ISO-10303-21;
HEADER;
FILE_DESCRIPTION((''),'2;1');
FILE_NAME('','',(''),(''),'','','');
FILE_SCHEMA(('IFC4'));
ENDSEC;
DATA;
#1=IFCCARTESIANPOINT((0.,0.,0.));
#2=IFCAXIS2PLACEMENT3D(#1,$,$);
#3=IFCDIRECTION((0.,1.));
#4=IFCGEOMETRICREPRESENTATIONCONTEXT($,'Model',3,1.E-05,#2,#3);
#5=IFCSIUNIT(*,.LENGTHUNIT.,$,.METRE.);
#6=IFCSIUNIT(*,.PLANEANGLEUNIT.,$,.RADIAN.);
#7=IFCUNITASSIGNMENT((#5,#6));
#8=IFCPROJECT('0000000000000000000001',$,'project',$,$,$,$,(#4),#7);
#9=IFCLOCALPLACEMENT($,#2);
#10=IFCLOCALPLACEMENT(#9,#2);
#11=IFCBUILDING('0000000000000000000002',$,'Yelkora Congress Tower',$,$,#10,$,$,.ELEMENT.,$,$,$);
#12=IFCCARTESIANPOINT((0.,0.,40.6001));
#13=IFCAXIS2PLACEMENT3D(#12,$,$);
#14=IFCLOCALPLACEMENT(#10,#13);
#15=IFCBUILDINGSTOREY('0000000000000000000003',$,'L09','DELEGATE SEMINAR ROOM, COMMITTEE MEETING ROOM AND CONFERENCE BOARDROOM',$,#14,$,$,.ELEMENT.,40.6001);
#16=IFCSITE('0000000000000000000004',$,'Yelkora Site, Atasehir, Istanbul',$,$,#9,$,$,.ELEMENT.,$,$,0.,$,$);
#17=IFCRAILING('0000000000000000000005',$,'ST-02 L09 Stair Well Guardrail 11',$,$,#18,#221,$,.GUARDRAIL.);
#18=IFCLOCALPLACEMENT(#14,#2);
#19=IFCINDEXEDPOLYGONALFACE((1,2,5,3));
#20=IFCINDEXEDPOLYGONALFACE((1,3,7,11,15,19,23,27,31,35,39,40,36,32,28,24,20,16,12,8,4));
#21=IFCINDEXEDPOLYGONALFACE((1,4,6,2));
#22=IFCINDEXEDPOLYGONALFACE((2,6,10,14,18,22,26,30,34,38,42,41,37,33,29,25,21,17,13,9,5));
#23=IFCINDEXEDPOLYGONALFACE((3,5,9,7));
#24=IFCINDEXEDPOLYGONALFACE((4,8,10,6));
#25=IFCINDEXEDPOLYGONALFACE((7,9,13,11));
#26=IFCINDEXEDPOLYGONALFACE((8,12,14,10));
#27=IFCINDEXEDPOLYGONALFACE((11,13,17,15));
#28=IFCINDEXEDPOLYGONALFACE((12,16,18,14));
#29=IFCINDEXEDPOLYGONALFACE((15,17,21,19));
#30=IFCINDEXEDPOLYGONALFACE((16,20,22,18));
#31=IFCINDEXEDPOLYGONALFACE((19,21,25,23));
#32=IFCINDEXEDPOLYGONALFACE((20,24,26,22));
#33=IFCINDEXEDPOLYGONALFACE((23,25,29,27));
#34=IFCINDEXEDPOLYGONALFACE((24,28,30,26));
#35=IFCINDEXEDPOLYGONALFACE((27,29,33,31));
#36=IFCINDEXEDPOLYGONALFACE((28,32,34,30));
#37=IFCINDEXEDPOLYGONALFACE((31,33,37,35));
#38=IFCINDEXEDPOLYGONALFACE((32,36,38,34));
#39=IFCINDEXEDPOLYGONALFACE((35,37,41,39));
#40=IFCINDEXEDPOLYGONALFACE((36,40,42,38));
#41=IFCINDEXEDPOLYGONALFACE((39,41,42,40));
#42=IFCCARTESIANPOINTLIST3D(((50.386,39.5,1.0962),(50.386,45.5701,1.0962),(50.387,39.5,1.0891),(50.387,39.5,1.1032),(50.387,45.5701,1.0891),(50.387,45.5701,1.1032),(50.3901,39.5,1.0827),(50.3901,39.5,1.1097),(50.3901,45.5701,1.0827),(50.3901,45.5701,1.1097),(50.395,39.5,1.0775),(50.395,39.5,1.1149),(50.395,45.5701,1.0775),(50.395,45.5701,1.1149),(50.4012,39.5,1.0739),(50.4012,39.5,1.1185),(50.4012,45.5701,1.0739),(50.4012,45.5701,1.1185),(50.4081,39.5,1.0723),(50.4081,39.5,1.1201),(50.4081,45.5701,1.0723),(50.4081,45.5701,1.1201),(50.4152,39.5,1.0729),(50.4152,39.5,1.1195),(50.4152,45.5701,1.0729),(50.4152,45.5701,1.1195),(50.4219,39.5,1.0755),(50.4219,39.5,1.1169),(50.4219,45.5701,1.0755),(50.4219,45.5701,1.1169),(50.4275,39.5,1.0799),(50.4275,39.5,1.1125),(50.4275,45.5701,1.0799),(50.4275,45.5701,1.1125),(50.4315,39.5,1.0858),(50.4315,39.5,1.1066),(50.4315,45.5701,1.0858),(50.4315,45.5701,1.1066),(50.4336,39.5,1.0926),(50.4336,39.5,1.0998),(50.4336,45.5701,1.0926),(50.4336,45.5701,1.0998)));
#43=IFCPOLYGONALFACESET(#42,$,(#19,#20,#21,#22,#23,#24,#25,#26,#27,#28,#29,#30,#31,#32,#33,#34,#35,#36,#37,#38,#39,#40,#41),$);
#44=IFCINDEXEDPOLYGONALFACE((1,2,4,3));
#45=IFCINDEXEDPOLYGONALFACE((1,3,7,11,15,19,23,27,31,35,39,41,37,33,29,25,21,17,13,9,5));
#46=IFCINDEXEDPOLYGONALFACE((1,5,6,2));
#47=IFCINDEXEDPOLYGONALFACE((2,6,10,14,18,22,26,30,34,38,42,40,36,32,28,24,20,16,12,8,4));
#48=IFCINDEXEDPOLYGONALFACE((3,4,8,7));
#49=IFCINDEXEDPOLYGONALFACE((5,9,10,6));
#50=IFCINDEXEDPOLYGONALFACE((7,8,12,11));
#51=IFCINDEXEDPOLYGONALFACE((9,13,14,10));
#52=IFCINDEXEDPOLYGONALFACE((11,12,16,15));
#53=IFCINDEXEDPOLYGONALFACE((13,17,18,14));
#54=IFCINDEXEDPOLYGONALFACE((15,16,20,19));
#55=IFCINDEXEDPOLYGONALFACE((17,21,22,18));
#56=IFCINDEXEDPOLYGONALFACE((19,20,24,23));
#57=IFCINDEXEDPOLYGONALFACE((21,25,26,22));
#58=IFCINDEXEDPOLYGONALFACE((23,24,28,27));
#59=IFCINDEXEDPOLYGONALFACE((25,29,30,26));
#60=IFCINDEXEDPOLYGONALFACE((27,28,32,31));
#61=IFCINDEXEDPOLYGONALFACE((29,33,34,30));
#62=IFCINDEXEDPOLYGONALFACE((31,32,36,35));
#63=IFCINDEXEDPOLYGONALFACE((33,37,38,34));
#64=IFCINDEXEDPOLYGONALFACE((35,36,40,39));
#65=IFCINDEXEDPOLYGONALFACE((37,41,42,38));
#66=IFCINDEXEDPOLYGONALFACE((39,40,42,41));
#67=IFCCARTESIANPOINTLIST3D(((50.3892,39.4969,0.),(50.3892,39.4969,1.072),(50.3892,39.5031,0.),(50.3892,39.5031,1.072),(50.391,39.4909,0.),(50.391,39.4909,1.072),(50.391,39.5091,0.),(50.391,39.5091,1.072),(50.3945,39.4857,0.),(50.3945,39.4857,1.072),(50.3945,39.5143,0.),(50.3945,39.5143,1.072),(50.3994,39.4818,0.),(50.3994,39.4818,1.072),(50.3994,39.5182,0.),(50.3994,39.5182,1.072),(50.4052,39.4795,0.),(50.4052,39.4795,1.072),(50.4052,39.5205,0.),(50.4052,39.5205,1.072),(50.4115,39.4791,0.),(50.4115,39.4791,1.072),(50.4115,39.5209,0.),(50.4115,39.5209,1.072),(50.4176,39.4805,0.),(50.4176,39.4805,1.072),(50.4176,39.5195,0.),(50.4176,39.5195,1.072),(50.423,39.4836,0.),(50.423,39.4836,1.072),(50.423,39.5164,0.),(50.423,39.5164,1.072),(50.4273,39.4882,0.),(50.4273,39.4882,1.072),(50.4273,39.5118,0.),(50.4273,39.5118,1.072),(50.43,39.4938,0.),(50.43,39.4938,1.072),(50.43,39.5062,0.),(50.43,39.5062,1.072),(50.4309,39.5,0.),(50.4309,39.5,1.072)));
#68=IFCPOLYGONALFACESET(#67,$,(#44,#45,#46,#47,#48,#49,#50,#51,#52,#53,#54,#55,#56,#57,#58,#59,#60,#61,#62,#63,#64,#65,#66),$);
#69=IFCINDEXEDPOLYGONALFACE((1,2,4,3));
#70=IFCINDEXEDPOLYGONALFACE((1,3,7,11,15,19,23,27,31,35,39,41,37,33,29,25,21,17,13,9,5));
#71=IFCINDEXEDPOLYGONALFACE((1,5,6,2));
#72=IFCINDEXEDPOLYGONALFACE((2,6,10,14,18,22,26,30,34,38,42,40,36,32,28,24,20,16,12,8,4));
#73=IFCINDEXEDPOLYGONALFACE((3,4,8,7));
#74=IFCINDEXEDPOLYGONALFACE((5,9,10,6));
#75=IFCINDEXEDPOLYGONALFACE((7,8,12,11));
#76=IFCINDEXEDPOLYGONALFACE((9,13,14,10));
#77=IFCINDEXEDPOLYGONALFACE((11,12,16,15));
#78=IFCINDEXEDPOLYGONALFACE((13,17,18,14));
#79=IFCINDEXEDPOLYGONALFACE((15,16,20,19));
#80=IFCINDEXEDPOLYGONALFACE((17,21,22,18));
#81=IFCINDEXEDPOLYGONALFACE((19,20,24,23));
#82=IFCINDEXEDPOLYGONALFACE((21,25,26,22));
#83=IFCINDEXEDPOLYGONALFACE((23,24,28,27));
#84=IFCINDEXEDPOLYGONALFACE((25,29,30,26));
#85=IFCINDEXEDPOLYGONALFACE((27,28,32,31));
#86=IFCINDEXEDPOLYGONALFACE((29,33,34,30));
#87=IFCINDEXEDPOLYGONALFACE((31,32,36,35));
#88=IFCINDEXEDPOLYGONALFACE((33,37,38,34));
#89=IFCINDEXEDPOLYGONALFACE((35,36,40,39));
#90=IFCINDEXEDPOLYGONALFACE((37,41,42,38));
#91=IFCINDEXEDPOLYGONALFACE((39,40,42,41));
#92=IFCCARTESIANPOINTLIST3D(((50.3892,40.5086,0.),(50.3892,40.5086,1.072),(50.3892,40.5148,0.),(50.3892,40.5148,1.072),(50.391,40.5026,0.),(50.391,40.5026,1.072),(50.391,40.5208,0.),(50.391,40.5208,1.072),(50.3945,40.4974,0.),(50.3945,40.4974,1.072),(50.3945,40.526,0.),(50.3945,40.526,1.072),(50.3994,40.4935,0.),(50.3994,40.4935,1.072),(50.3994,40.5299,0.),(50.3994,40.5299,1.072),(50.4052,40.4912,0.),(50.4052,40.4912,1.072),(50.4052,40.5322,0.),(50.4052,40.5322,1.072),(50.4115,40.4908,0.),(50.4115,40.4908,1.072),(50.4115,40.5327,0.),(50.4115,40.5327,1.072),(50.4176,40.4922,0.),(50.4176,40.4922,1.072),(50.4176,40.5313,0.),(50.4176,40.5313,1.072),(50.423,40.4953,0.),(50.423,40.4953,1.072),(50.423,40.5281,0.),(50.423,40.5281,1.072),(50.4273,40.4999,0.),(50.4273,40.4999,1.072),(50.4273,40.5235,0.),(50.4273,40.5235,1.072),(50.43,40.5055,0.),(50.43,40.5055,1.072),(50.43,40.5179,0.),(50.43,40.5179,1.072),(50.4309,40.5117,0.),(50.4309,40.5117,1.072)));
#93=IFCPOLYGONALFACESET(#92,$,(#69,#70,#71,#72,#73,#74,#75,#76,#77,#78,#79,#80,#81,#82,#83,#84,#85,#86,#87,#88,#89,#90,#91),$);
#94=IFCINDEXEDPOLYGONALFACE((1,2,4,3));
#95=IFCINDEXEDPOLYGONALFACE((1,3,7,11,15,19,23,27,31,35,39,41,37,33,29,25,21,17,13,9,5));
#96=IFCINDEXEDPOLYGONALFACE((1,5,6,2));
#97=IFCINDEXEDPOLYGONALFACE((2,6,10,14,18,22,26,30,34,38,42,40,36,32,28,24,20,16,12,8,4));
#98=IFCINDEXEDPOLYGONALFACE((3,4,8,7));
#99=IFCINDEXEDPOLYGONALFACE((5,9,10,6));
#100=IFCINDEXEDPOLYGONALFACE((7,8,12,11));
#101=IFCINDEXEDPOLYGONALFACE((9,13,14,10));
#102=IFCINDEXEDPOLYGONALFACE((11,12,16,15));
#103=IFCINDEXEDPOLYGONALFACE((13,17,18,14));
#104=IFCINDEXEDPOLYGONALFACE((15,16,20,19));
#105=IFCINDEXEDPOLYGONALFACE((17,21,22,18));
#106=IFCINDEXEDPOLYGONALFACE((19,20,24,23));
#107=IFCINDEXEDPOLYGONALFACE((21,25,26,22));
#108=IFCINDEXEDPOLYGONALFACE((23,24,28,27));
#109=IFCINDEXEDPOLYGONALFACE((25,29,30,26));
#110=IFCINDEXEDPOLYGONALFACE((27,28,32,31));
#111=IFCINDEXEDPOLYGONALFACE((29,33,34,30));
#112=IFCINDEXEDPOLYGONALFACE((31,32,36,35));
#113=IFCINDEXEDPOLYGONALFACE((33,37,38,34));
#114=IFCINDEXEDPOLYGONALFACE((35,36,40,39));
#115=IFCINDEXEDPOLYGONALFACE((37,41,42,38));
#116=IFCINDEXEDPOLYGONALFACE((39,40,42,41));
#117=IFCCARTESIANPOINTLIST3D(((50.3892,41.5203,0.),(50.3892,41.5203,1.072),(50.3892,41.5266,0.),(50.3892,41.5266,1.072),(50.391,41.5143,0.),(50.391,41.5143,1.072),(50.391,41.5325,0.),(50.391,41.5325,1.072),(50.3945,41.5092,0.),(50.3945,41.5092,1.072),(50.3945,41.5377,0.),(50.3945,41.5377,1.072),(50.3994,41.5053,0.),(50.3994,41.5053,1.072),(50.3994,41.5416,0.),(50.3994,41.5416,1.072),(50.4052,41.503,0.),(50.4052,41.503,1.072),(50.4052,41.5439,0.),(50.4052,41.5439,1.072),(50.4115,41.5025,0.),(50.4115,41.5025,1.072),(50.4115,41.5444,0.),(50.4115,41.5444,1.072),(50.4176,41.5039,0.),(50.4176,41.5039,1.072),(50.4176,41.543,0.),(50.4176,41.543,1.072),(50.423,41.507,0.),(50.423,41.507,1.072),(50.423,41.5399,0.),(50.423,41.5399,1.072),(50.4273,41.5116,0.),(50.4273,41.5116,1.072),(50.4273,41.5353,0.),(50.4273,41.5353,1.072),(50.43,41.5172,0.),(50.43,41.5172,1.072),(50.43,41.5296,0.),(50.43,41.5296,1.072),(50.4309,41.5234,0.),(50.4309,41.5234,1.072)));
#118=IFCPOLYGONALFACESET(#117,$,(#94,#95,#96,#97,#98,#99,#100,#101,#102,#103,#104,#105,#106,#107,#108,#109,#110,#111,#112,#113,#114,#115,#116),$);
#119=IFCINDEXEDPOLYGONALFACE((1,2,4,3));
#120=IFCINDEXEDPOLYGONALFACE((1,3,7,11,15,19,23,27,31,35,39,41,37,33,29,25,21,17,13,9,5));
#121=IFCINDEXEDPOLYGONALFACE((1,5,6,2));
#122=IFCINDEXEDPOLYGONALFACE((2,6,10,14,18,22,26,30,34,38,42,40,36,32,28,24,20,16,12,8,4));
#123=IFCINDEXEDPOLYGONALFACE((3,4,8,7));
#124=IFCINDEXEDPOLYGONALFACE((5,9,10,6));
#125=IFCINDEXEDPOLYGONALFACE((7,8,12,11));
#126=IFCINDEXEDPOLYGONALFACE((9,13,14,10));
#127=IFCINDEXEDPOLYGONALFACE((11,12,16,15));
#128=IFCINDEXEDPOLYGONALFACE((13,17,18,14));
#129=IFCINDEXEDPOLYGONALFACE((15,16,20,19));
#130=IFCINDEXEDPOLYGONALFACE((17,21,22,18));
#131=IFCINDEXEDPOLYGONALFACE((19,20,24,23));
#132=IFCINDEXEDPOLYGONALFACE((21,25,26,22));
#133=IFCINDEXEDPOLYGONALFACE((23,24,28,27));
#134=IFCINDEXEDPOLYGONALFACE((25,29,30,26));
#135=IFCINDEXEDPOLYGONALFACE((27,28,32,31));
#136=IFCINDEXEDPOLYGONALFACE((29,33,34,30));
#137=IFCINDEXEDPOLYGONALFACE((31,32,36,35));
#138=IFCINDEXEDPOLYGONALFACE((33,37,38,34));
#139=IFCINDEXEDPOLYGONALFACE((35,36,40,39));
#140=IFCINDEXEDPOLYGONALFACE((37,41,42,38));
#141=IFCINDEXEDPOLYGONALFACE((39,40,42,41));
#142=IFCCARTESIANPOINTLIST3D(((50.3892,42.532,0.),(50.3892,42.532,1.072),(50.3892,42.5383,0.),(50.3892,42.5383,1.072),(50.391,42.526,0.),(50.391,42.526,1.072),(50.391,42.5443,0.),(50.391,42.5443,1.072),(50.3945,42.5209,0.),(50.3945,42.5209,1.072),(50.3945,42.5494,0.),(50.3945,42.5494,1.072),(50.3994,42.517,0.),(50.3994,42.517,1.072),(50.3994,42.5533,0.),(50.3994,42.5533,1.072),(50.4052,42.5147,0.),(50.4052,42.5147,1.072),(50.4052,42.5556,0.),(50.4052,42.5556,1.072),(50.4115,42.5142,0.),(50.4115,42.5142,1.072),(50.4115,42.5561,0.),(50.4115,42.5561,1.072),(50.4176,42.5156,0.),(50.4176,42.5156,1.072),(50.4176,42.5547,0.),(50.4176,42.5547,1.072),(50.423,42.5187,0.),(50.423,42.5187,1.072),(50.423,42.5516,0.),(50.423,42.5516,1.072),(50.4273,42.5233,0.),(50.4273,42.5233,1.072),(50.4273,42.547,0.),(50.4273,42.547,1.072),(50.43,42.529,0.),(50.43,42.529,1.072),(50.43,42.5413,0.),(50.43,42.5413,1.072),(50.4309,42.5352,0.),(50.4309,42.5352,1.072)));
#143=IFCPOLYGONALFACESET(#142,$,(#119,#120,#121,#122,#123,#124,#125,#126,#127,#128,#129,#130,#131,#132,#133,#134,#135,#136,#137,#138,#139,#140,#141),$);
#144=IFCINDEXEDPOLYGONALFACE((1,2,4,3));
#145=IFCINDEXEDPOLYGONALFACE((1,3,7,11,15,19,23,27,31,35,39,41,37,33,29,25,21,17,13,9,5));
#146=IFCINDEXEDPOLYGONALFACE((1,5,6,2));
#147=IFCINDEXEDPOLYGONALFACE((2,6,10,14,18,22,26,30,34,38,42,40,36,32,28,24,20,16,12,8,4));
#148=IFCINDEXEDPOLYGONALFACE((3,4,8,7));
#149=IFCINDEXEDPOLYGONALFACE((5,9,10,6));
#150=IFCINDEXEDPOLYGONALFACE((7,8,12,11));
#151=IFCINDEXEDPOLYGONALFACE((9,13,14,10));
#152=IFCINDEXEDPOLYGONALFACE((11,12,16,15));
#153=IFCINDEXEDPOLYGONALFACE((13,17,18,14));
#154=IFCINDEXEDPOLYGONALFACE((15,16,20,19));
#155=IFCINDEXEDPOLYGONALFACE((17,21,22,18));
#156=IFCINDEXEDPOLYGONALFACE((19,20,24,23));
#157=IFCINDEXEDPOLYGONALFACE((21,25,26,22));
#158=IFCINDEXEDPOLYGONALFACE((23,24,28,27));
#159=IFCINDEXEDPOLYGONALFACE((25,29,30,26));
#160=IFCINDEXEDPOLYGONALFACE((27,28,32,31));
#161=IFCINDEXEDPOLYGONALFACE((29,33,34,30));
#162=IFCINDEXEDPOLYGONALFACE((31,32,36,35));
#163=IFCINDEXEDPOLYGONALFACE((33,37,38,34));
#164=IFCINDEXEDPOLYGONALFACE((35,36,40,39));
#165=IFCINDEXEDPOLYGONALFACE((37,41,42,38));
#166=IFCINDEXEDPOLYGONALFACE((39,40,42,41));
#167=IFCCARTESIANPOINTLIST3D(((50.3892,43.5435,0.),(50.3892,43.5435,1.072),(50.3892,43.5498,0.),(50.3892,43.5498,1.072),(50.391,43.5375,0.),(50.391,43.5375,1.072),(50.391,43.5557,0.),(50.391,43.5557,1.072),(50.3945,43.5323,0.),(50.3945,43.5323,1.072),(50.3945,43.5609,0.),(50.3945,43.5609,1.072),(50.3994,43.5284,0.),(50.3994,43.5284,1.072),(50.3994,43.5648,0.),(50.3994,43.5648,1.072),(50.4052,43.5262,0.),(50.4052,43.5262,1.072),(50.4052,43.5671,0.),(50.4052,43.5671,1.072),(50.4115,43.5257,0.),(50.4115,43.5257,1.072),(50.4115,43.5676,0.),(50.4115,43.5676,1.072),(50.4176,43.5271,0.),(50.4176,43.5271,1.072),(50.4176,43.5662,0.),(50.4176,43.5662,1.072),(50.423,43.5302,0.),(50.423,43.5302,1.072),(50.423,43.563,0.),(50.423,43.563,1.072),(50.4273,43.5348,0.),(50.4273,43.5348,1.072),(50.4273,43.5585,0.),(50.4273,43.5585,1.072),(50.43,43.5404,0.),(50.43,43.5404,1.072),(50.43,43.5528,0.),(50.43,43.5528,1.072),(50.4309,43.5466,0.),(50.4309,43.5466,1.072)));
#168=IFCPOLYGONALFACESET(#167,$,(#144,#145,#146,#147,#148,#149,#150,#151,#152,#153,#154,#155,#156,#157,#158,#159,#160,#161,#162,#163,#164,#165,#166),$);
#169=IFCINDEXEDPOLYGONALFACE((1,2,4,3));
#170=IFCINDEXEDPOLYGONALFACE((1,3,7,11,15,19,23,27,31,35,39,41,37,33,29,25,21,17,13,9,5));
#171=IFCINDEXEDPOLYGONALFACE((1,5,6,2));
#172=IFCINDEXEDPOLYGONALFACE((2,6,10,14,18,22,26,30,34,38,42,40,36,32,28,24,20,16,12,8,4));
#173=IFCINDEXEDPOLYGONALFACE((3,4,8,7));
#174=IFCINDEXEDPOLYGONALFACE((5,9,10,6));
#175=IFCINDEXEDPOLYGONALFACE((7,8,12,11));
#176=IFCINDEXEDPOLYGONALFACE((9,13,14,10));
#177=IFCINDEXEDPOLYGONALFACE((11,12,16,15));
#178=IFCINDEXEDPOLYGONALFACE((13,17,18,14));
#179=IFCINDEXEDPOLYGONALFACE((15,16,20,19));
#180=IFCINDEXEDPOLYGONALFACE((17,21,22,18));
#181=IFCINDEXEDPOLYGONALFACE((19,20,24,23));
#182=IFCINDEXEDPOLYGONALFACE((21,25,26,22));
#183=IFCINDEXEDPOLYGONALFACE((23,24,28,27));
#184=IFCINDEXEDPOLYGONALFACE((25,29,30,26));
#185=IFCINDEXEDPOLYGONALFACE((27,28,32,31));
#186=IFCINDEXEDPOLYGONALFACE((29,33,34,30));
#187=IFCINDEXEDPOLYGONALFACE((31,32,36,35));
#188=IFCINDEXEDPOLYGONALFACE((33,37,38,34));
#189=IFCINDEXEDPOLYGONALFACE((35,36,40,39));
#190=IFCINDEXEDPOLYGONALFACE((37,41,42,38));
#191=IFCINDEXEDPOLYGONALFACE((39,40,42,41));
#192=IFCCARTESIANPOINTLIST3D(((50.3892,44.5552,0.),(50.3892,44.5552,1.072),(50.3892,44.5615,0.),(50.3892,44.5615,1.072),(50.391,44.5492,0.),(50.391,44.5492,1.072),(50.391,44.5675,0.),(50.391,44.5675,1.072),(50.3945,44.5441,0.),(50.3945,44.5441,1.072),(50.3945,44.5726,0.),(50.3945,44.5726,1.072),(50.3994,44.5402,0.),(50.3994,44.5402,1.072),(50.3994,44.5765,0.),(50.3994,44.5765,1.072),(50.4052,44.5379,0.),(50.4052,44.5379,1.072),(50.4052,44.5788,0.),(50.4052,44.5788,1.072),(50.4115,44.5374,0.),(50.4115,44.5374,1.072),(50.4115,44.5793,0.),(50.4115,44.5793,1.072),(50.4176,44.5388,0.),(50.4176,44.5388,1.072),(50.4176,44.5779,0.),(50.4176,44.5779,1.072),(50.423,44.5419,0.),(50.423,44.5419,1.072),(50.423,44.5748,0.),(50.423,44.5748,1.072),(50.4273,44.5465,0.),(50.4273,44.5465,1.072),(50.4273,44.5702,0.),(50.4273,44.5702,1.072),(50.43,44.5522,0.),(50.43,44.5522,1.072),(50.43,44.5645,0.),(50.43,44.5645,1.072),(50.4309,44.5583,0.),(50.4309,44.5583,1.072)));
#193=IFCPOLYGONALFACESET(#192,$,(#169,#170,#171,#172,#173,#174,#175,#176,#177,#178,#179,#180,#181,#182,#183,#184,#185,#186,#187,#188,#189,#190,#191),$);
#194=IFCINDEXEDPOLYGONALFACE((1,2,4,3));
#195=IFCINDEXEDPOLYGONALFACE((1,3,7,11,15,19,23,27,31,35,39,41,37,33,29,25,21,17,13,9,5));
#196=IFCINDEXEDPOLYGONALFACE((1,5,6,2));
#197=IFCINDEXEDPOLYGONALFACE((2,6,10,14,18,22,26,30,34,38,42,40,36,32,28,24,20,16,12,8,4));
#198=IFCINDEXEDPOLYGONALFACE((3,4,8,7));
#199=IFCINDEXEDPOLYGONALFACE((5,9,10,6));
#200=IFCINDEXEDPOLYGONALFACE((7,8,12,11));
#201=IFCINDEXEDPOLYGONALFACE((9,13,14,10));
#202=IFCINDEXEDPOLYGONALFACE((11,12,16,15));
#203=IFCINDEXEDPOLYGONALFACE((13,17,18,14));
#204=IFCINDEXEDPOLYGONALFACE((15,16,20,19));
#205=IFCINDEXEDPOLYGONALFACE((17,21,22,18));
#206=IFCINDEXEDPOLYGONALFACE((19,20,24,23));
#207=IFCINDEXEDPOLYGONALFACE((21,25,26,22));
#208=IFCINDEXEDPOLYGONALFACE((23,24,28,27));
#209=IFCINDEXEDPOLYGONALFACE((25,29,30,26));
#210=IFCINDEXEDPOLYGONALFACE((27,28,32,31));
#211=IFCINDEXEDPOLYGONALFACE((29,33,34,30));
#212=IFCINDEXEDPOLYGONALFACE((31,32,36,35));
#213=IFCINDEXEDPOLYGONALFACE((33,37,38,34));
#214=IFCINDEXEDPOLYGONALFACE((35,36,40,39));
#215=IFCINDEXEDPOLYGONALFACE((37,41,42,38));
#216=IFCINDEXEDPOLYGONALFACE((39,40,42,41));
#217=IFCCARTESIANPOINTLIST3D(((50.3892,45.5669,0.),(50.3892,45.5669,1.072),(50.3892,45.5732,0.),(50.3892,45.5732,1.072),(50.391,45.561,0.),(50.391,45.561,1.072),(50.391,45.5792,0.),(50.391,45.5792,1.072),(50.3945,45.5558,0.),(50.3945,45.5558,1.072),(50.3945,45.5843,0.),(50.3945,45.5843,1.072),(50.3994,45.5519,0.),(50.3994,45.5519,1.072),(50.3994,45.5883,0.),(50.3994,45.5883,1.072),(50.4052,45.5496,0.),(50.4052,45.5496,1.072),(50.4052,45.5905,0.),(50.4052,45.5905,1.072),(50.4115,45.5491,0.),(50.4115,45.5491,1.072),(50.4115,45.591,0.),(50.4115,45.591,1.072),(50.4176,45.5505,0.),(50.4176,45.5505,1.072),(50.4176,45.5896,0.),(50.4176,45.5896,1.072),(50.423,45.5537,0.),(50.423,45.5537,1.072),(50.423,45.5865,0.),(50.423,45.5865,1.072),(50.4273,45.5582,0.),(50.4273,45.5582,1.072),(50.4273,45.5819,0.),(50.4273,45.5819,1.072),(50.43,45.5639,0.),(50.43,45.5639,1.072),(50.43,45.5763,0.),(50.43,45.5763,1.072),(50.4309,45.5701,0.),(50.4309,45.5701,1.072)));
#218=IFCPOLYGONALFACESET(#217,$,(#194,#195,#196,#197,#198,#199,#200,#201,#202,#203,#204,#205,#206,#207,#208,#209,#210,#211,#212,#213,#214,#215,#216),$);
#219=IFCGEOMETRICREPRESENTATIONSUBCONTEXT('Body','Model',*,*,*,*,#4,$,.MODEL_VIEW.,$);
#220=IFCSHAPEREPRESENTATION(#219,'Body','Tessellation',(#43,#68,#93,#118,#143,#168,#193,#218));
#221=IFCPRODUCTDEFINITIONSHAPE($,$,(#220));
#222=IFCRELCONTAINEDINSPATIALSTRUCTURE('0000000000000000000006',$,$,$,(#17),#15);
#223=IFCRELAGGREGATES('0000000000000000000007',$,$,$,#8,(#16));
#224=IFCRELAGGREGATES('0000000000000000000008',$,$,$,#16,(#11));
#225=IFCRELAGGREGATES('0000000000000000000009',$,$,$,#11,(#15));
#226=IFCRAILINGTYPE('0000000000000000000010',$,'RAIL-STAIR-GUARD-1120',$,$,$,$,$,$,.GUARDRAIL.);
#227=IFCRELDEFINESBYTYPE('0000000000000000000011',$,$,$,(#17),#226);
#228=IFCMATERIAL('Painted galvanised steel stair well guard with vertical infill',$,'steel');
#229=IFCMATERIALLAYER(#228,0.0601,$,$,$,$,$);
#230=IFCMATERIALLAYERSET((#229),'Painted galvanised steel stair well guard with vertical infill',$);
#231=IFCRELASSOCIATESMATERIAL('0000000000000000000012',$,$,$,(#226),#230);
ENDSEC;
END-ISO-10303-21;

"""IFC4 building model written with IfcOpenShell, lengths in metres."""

from ifc_helpers import new_model, si_unit, direction, frame, origin, origin_2d, place, context, subcontext, project, spatial, circle, extrude, material, layer, layer_set, type_object, element, save


model = new_model("IFC4")

# Units and contexts
model_context = context("Model", 3, precision=1e-05, world=origin(), true_north=direction((0.0, 1.0)))
body_context = subcontext(model_context, "Body", "Model", "MODEL_VIEW")
ifc_project = project(units=[si_unit("LENGTHUNIT", "METRE"), si_unit("PLANEANGLEUNIT", "RADIAN")], contexts=[model_context])

# Site, building, storey
site_placement = place(None, origin())
site = spatial("IfcSite", under=ifc_project, at=site_placement, Name="Yelkora Site, Atasehir, Istanbul", CompositionType="ELEMENT", RefElevation=0.0)
building_placement = place(site_placement, origin())
building = spatial("IfcBuilding", under=site, at=building_placement, Name="Yelkora Congress Tower", CompositionType="ELEMENT")
storey_placement = place(building_placement, frame((0.0, 0.0, 40.6001)))
storey = spatial("IfcBuildingStorey", under=building, at=storey_placement, Name="L09", Description="DELEGATE SEMINAR ROOM, COMMITTEE MEETING ROOM AND CONFERENCE BOARDROOM", CompositionType="ELEMENT", Elevation=40.6001)

# Railing
ifc_material_1 = material(Name="Painted galvanised steel stair well guard with vertical infill", Category="steel")
ifc_layer_1 = layer(ifc_material_1, 0.0601)
ifc_layer_set_1 = layer_set([ifc_layer_1], Name="Painted galvanised steel stair well guard with vertical infill")
railing_type_1 = type_object("IfcRailingType", Name="RAIL-STAIR-GUARD-1120", PredefinedType="GUARDRAIL", material=ifc_layer_set_1)
railing_1_placement = place(storey_placement, frame((50.4099, 39.5, 0.0)))
element("IfcRailing", 1, at=railing_1_placement, inside=storey, type_object=railing_type_1, Name="ST-02 L09 Stair Well Guardrail 11", PredefinedType="GUARDRAIL", context=body_context, shape_type="SweptSolid", body=[
    extrude(circle(Radius=0.0239, at=origin_2d()), frame((0.0, 0.0, 1.0962), z_axis=(0.0, 1.0, 0.0), x_axis=(-1.0, 0.0, 0.0)), (0.0, 0.0, 1.0), 6.0701),
    extrude(circle(Radius=0.021, at=origin_2d()), origin(), (0.0, 0.0, 1.0), 1.072),
    extrude(circle(Radius=0.021, at=origin_2d()), frame((0.0, 1.0117, 0.0)), (0.0, 0.0, 1.0), 1.072),
    extrude(circle(Radius=0.021, at=origin_2d()), frame((0.0, 2.0234, 0.0)), (0.0, 0.0, 1.0), 1.072),
    extrude(circle(Radius=0.021, at=origin_2d()), frame((0.0, 3.0352, 0.0)), (0.0, 0.0, 1.0), 1.072),
    extrude(circle(Radius=0.021, at=origin_2d()), frame((0.0, 4.0466, 0.0)), (0.0, 0.0, 1.0), 1.072),
    extrude(circle(Radius=0.021, at=origin_2d()), frame((0.0, 5.0583, 0.0)), (0.0, 0.0, 1.0), 1.072),
    extrude(circle(Radius=0.021, at=origin_2d()), frame((0.0, 6.0701, 0.0)), (0.0, 0.0, 1.0), 1.072),
])

save(model, "model.ifc")
